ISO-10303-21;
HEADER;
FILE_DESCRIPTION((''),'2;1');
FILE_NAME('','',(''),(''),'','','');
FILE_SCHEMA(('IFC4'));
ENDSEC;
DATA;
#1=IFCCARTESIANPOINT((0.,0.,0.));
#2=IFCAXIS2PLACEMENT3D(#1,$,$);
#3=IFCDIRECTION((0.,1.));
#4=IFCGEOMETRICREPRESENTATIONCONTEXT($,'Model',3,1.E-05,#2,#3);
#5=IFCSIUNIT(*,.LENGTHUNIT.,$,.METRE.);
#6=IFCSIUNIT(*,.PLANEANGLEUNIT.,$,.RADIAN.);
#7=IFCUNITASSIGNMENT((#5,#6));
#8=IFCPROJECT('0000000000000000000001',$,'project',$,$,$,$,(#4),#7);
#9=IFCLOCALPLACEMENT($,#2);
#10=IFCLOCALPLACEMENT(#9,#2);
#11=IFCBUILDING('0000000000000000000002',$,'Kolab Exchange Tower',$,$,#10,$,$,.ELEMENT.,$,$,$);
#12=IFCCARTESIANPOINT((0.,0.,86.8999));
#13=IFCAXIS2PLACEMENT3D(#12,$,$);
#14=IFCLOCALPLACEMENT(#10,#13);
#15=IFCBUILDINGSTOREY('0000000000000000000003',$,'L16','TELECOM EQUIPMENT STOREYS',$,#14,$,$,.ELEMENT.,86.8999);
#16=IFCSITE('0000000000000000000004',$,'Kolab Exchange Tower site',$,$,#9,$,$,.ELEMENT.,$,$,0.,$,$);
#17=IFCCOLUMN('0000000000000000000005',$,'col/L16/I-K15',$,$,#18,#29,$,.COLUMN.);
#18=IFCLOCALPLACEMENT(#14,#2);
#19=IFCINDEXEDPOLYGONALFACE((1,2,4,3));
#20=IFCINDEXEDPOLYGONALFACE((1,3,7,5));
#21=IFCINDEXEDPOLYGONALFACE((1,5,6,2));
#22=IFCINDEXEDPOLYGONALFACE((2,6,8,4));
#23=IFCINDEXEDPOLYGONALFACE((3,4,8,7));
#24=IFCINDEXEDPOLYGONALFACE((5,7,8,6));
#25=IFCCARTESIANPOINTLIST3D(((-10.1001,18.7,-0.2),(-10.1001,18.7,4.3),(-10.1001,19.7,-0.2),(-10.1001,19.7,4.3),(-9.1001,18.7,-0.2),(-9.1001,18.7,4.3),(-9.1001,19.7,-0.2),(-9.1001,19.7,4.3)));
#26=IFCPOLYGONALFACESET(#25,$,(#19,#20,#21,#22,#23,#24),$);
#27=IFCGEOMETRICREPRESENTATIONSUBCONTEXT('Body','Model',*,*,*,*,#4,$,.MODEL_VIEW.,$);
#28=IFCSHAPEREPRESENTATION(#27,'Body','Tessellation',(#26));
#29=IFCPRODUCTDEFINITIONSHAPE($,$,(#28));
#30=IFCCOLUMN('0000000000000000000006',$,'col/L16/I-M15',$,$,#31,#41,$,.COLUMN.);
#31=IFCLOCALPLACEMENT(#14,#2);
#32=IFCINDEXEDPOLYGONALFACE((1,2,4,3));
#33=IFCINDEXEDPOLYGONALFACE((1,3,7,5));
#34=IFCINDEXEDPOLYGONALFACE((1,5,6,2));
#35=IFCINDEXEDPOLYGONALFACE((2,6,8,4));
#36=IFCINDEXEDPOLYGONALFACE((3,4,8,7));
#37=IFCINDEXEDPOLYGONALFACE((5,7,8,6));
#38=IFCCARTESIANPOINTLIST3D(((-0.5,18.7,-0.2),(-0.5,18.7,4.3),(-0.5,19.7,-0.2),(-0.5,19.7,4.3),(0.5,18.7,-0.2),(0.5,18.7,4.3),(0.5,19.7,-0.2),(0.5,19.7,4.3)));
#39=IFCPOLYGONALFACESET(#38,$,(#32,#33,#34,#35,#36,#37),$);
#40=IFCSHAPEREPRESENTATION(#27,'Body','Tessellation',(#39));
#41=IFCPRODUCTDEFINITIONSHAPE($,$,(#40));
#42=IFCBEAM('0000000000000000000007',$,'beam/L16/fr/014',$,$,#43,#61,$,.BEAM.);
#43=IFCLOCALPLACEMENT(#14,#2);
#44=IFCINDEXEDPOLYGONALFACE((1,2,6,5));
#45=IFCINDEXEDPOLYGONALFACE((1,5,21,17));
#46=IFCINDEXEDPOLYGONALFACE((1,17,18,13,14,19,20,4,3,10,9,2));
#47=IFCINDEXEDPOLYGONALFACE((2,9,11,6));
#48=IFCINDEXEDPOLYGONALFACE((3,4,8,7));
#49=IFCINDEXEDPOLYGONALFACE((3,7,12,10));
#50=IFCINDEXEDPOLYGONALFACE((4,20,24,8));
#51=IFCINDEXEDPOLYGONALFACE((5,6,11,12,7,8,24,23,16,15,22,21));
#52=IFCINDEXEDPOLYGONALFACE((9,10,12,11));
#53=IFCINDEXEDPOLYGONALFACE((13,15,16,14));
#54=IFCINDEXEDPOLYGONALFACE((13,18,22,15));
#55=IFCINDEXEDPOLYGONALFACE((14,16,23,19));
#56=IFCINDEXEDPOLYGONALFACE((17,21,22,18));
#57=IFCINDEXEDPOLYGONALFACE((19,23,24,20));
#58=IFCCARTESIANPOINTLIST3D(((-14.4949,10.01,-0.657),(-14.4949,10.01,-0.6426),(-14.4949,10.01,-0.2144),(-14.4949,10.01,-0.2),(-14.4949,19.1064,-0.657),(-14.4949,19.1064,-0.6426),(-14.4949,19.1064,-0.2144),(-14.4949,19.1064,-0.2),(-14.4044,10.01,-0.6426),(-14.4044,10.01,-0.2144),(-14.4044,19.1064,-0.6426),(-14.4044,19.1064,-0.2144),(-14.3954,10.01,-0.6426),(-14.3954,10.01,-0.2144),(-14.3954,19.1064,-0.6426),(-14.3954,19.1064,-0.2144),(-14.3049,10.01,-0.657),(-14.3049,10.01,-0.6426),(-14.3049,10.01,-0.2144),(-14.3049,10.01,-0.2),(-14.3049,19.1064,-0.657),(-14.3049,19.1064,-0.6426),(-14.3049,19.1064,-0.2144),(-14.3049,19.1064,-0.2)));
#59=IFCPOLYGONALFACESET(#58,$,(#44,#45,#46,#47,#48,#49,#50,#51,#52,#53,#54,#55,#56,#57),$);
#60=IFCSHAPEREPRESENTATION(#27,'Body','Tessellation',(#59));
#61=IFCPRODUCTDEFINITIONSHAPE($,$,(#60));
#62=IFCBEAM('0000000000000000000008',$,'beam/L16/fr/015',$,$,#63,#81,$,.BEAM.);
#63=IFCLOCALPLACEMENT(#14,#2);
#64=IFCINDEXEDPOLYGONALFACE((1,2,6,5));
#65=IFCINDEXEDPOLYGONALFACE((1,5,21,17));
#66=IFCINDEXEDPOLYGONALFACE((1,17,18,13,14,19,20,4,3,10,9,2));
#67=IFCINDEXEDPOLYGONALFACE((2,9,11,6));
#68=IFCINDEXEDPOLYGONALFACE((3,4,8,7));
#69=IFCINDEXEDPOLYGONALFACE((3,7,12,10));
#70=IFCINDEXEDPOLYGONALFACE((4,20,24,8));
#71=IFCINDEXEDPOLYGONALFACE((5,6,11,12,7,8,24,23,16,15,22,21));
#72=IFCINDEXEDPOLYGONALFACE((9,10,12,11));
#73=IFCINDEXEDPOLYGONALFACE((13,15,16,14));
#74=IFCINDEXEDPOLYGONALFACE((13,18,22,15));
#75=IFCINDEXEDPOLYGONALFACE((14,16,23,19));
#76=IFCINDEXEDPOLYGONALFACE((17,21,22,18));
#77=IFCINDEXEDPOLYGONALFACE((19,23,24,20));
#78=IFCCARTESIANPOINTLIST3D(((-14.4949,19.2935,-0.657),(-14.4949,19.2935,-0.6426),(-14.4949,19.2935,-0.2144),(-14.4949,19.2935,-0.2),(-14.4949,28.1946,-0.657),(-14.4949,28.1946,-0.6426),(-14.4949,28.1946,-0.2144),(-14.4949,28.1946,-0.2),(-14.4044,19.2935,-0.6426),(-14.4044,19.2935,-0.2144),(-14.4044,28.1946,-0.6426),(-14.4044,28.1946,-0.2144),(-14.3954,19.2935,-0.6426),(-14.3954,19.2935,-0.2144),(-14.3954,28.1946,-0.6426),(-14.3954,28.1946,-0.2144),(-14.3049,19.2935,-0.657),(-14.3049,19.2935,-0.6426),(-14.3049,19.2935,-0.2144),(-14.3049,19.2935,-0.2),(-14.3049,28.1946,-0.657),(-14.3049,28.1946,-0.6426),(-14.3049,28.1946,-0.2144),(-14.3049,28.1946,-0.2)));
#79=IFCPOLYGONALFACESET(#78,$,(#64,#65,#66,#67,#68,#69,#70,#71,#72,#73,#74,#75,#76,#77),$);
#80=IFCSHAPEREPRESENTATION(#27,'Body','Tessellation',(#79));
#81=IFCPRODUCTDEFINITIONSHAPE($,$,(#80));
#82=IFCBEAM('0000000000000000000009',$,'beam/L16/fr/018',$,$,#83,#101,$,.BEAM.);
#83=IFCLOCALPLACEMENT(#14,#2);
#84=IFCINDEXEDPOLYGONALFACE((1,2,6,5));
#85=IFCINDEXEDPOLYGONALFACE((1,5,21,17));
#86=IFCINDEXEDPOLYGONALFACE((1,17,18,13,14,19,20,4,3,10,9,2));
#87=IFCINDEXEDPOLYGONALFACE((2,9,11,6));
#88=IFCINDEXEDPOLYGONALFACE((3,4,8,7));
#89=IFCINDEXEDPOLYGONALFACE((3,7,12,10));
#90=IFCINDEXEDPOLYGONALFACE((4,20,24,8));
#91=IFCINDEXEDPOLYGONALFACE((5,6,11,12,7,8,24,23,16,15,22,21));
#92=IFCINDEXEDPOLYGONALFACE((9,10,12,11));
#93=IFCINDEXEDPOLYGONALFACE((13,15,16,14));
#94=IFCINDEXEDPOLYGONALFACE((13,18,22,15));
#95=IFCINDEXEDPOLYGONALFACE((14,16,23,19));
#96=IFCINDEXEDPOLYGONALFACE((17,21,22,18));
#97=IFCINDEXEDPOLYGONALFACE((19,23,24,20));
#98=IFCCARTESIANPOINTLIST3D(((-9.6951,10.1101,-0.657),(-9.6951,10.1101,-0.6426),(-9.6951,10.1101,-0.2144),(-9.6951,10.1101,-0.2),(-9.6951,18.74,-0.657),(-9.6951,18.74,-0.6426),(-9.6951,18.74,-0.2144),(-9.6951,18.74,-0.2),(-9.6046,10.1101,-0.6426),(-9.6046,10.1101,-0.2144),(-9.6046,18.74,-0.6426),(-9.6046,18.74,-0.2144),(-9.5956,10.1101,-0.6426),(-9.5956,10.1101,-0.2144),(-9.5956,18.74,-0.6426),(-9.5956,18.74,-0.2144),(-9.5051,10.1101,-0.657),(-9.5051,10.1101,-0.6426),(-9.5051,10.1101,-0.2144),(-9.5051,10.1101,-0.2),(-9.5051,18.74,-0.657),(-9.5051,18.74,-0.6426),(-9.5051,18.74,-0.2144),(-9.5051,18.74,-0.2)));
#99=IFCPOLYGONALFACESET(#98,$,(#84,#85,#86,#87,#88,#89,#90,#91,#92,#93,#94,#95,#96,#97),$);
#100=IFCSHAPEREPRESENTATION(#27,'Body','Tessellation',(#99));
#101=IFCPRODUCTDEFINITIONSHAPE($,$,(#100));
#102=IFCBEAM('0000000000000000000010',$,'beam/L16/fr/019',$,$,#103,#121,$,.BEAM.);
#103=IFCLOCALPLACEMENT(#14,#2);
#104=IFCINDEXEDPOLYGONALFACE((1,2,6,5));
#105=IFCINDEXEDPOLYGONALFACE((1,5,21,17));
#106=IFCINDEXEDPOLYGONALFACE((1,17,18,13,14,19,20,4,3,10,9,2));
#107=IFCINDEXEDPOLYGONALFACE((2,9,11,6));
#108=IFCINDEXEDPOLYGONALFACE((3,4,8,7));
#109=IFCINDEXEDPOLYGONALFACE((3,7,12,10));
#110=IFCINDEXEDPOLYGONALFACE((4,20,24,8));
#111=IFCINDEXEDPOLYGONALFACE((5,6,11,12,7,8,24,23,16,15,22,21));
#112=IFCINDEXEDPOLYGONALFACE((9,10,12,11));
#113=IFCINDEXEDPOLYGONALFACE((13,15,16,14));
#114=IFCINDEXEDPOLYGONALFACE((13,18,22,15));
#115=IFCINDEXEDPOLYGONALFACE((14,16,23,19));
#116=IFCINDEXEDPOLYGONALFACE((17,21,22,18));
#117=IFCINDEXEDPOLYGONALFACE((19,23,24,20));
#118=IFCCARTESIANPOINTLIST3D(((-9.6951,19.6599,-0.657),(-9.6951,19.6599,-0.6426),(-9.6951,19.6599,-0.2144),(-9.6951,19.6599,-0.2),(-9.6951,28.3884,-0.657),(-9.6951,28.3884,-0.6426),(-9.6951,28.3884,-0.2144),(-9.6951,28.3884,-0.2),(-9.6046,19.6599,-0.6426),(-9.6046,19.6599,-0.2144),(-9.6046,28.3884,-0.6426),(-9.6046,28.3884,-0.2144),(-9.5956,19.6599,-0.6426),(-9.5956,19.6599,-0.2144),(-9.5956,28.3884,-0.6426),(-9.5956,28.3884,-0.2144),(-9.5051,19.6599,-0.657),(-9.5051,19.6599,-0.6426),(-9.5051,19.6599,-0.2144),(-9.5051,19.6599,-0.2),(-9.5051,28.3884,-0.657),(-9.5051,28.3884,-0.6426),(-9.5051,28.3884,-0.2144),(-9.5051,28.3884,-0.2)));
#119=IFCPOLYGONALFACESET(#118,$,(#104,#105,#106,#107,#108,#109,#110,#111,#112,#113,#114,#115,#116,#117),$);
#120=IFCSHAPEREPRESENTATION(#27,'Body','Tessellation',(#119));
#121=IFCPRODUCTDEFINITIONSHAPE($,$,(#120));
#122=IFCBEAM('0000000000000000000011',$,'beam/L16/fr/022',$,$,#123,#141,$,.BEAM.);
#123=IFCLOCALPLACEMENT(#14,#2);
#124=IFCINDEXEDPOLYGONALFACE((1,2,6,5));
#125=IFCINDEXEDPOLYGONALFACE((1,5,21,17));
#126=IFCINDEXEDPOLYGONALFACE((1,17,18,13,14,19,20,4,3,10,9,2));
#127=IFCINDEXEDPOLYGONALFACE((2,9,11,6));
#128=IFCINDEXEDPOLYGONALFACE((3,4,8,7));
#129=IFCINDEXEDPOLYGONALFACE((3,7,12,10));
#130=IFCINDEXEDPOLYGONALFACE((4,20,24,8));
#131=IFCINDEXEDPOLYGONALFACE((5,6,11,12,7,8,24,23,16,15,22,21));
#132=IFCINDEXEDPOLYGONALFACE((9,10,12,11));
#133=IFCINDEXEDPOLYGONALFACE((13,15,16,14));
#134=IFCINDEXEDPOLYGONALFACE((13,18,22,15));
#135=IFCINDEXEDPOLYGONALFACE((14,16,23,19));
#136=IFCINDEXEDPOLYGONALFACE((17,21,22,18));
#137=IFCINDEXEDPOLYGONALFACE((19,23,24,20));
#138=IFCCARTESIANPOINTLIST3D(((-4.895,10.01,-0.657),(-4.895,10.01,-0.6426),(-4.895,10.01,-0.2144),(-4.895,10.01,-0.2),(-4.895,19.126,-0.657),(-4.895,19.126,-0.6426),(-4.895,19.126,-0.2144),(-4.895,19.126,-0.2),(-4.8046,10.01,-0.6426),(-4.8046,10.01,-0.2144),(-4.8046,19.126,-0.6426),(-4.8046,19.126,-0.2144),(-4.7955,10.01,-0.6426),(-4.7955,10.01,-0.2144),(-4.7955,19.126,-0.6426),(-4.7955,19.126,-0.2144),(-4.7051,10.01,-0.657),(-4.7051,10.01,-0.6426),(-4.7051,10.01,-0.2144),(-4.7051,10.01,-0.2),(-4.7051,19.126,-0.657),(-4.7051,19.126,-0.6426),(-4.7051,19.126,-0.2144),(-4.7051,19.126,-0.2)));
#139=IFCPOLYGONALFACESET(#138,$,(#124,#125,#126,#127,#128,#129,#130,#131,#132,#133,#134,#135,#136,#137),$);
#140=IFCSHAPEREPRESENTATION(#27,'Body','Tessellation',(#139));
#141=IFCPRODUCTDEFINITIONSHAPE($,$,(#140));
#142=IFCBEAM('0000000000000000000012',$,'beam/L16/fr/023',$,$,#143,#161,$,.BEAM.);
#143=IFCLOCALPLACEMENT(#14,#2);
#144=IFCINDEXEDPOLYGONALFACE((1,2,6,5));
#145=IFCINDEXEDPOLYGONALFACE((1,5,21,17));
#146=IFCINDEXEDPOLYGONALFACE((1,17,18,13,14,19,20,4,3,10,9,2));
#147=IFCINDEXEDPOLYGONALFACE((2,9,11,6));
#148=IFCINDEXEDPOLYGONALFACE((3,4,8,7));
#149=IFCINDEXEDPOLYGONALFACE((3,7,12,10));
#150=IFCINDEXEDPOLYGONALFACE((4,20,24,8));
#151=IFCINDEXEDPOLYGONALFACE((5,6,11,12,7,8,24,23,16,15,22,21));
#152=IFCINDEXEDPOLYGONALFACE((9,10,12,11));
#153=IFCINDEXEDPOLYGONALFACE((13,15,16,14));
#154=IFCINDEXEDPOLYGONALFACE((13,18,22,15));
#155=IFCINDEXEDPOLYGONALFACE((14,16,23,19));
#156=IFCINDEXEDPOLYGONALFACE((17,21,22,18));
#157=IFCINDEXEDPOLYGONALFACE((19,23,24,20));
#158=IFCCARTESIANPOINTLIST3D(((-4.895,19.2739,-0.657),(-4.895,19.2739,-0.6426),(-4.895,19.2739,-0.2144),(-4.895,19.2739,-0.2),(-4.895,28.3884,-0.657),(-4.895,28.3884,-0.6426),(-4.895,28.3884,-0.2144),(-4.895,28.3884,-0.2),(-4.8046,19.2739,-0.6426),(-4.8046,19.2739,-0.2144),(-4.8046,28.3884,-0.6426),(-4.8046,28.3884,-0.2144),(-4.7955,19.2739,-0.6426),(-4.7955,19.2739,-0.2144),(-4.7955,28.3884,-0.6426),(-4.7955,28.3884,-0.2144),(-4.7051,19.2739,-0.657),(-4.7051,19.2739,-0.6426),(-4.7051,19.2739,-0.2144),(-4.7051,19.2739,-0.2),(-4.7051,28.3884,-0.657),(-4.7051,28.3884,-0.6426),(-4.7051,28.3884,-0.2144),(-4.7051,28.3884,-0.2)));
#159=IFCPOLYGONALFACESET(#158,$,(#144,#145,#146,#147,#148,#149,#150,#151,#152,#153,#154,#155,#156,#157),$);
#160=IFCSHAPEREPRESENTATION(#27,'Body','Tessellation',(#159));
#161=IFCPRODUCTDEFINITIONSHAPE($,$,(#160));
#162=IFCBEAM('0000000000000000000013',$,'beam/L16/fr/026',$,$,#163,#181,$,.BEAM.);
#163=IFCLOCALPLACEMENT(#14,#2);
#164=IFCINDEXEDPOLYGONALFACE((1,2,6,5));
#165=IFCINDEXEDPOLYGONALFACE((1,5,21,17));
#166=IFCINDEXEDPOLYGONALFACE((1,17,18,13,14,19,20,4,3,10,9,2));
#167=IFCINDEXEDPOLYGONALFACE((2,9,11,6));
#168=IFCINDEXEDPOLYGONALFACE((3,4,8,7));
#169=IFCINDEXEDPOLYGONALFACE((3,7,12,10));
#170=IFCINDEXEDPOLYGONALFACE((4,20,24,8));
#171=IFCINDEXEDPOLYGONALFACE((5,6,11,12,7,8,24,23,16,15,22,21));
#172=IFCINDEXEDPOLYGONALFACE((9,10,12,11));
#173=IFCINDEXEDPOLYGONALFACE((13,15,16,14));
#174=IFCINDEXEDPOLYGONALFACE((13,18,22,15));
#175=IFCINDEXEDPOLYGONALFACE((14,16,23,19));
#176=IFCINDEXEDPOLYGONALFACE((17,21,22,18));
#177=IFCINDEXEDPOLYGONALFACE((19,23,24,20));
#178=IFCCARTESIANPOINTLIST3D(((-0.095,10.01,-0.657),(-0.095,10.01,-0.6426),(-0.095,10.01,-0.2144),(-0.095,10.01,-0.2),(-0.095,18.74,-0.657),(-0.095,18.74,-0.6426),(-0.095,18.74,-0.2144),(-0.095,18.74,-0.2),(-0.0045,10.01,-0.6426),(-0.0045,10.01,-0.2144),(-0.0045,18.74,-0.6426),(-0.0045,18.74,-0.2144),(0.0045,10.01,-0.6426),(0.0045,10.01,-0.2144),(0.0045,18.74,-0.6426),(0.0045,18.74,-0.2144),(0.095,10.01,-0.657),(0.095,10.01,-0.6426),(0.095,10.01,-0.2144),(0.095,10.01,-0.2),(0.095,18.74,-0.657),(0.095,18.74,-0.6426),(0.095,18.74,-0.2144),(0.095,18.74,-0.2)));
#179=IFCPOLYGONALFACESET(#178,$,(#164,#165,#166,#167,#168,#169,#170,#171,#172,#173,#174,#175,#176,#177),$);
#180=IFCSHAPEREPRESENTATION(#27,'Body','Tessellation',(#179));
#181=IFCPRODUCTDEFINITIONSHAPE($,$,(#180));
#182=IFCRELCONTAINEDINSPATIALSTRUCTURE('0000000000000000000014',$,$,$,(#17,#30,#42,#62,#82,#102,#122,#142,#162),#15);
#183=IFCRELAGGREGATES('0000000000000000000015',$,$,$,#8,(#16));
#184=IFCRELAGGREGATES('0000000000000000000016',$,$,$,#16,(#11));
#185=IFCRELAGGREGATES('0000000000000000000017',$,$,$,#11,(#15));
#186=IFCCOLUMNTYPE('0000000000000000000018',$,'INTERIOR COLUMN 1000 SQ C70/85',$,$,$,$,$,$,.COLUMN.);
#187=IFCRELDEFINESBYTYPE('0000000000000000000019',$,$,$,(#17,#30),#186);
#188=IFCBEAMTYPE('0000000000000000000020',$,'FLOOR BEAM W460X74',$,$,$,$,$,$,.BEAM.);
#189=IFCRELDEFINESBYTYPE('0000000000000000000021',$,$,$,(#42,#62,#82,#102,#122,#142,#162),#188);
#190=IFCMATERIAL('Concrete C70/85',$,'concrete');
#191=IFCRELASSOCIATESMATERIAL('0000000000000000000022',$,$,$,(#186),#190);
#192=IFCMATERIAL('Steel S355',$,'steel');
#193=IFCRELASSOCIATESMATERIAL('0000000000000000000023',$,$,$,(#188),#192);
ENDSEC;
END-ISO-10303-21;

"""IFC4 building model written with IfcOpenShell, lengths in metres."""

from ifc_helpers import new_model, si_unit, direction, frame, origin, origin_2d, place, context, subcontext, project, spatial, rectangle, i_section, extrude, material, material_profile, profile_set, type_object, element, save


model = new_model("IFC4")

# Units and contexts
model_context = context("Model", 3, precision=1e-05, world=origin(), true_north=direction((0.0, 1.0)))
body_context = subcontext(model_context, "Body", "Model", "MODEL_VIEW")
ifc_project = project(units=[si_unit("LENGTHUNIT", "METRE"), si_unit("PLANEANGLEUNIT", "RADIAN")], contexts=[model_context])

# Site, building, storey
site_placement = place(None, origin())
site = spatial("IfcSite", under=ifc_project, at=site_placement, Name="Kolab Exchange Tower site", CompositionType="ELEMENT", RefElevation=0.0)
building_placement = place(site_placement, origin())
building = spatial("IfcBuilding", under=site, at=building_placement, Name="Kolab Exchange Tower", CompositionType="ELEMENT")
storey_placement = place(building_placement, frame((0.0, 0.0, 86.8999)))
storey = spatial("IfcBuildingStorey", under=building, at=storey_placement, Name="L16", Description="TELECOM EQUIPMENT STOREYS", CompositionType="ELEMENT", Elevation=86.8999)

# Columns
ifc_material_1 = material(Name="Concrete C70/85", Category="concrete")
ifc_material_profile_1 = material_profile(ifc_material_1, rectangle(XDim=1.0, YDim=1.0, at=origin_2d()), Name="RC1000")
ifc_profile_set_1 = profile_set([ifc_material_profile_1], Name="Concrete C70/85")
column_type = type_object("IfcColumnType", Name="INTERIOR COLUMN 1000 SQ C70/85", PredefinedType="COLUMN", material=ifc_profile_set_1)
for number, where, z_axis, x_axis, name in (
    (1, (-9.6001, 19.2, -0.2), (0.0, 0.0, 1.0), (1.0, 0.0, 0.0), "col/L16/I-K15"),
    (2, (0.0, 19.2, -0.2), (0.0, 0.0, 1.0), (1.0, 0.0, 0.0), "col/L16/I-M15"),
):
    element("IfcColumn", number, at=place(storey_placement, frame(where, z_axis=z_axis, x_axis=x_axis)), inside=storey, type_object=column_type, Name=name, PredefinedType="COLUMN", context=body_context, shape_type="SweptSolid", body=[
        extrude(rectangle(XDim=1.0, YDim=1.0, at=origin_2d()), origin(), (0.0, 0.0, 1.0), 4.5),
    ])

# Beams
ifc_material_2 = material(Name="Steel S355", Category="steel")
ifc_material_profile_2 = material_profile(ifc_material_2, i_section(OverallWidth=0.1899, OverallDepth=0.457, WebThickness=0.009, FlangeThickness=0.0144, at=origin_2d()), Name="W460X74")
ifc_profile_set_2 = profile_set([ifc_material_profile_2], Name="Steel S355")
beam_type_1 = type_object("IfcBeamType", Name="FLOOR BEAM W460X74", PredefinedType="BEAM", material=ifc_profile_set_2)
beam_1_placement = place(storey_placement, frame((-14.3999, 10.01, -0.4285), z_axis=(0.0, 1.0, 0.0), x_axis=(-1.0, 0.0, 0.0)))
element("IfcBeam", 3, at=beam_1_placement, inside=storey, type_object=beam_type_1, Name="beam/L16/fr/014", PredefinedType="BEAM", context=body_context, shape_type="SweptSolid", body=[
    extrude(i_section(OverallWidth=0.1899, OverallDepth=0.457, WebThickness=0.009, FlangeThickness=0.0144, at=origin_2d()), origin(), (0.0, 0.0, 1.0), 9.0964),
])
beam_2_placement = place(storey_placement, frame((-14.3999, 19.2935, -0.4285), z_axis=(0.0, 1.0, 0.0), x_axis=(-1.0, 0.0, 0.0)))
element("IfcBeam", 4, at=beam_2_placement, inside=storey, type_object=beam_type_1, Name="beam/L16/fr/015", PredefinedType="BEAM", context=body_context, shape_type="SweptSolid", body=[
    extrude(i_section(OverallWidth=0.1899, OverallDepth=0.457, WebThickness=0.009, FlangeThickness=0.0144, at=origin_2d()), origin(), (0.0, 0.0, 1.0), 8.9011),
])
beam_3_placement = place(storey_placement, frame((-9.6001, 10.1101, -0.4285), z_axis=(0.0, 1.0, 0.0), x_axis=(-1.0, 0.0, 0.0)))
element("IfcBeam", 5, at=beam_3_placement, inside=storey, type_object=beam_type_1, Name="beam/L16/fr/018", PredefinedType="BEAM", context=body_context, shape_type="SweptSolid", body=[
    extrude(i_section(OverallWidth=0.1899, OverallDepth=0.457, WebThickness=0.009, FlangeThickness=0.0144, at=origin_2d()), origin(), (0.0, 0.0, 1.0), 8.6299),
])
beam_4_placement = place(storey_placement, frame((-9.6001, 19.6599, -0.4285), z_axis=(0.0, 1.0, 0.0), x_axis=(-1.0, 0.0, 0.0)))
element("IfcBeam", 6, at=beam_4_placement, inside=storey, type_object=beam_type_1, Name="beam/L16/fr/019", PredefinedType="BEAM", context=body_context, shape_type="SweptSolid", body=[
    extrude(i_section(OverallWidth=0.1899, OverallDepth=0.457, WebThickness=0.009, FlangeThickness=0.0144, at=origin_2d()), origin(), (0.0, 0.0, 1.0), 8.7285),
])
beam_5_placement = place(storey_placement, frame((-4.8, 10.01, -0.4285), z_axis=(0.0, 1.0, 0.0), x_axis=(-1.0, 0.0, 0.0)))
element("IfcBeam", 7, at=beam_5_placement, inside=storey, type_object=beam_type_1, Name="beam/L16/fr/022", PredefinedType="BEAM", context=body_context, shape_type="SweptSolid", body=[
    extrude(i_section(OverallWidth=0.1899, OverallDepth=0.457, WebThickness=0.009, FlangeThickness=0.0144, at=origin_2d()), origin(), (0.0, 0.0, 1.0), 9.116),
])
beam_6_placement = place(storey_placement, frame((-4.8, 19.2739, -0.4285), z_axis=(0.0, 1.0, 0.0), x_axis=(-1.0, 0.0, 0.0)))
element("IfcBeam", 8, at=beam_6_placement, inside=storey, type_object=beam_type_1, Name="beam/L16/fr/023", PredefinedType="BEAM", context=body_context, shape_type="SweptSolid", body=[
    extrude(i_section(OverallWidth=0.1899, OverallDepth=0.457, WebThickness=0.009, FlangeThickness=0.0144, at=origin_2d()), origin(), (0.0, 0.0, 1.0), 9.1145),
])
beam_7_placement = place(storey_placement, frame((0.0, 10.01, -0.4285), z_axis=(0.0, 1.0, 0.0), x_axis=(-1.0, 0.0, 0.0)))
element("IfcBeam", 9, at=beam_7_placement, inside=storey, type_object=beam_type_1, Name="beam/L16/fr/026", PredefinedType="BEAM", context=body_context, shape_type="SweptSolid", body=[
    extrude(i_section(OverallWidth=0.1899, OverallDepth=0.457, WebThickness=0.009, FlangeThickness=0.0144, at=origin_2d()), origin(), (0.0, 0.0, 1.0), 8.73),
])

save(model, "model.ifc")
